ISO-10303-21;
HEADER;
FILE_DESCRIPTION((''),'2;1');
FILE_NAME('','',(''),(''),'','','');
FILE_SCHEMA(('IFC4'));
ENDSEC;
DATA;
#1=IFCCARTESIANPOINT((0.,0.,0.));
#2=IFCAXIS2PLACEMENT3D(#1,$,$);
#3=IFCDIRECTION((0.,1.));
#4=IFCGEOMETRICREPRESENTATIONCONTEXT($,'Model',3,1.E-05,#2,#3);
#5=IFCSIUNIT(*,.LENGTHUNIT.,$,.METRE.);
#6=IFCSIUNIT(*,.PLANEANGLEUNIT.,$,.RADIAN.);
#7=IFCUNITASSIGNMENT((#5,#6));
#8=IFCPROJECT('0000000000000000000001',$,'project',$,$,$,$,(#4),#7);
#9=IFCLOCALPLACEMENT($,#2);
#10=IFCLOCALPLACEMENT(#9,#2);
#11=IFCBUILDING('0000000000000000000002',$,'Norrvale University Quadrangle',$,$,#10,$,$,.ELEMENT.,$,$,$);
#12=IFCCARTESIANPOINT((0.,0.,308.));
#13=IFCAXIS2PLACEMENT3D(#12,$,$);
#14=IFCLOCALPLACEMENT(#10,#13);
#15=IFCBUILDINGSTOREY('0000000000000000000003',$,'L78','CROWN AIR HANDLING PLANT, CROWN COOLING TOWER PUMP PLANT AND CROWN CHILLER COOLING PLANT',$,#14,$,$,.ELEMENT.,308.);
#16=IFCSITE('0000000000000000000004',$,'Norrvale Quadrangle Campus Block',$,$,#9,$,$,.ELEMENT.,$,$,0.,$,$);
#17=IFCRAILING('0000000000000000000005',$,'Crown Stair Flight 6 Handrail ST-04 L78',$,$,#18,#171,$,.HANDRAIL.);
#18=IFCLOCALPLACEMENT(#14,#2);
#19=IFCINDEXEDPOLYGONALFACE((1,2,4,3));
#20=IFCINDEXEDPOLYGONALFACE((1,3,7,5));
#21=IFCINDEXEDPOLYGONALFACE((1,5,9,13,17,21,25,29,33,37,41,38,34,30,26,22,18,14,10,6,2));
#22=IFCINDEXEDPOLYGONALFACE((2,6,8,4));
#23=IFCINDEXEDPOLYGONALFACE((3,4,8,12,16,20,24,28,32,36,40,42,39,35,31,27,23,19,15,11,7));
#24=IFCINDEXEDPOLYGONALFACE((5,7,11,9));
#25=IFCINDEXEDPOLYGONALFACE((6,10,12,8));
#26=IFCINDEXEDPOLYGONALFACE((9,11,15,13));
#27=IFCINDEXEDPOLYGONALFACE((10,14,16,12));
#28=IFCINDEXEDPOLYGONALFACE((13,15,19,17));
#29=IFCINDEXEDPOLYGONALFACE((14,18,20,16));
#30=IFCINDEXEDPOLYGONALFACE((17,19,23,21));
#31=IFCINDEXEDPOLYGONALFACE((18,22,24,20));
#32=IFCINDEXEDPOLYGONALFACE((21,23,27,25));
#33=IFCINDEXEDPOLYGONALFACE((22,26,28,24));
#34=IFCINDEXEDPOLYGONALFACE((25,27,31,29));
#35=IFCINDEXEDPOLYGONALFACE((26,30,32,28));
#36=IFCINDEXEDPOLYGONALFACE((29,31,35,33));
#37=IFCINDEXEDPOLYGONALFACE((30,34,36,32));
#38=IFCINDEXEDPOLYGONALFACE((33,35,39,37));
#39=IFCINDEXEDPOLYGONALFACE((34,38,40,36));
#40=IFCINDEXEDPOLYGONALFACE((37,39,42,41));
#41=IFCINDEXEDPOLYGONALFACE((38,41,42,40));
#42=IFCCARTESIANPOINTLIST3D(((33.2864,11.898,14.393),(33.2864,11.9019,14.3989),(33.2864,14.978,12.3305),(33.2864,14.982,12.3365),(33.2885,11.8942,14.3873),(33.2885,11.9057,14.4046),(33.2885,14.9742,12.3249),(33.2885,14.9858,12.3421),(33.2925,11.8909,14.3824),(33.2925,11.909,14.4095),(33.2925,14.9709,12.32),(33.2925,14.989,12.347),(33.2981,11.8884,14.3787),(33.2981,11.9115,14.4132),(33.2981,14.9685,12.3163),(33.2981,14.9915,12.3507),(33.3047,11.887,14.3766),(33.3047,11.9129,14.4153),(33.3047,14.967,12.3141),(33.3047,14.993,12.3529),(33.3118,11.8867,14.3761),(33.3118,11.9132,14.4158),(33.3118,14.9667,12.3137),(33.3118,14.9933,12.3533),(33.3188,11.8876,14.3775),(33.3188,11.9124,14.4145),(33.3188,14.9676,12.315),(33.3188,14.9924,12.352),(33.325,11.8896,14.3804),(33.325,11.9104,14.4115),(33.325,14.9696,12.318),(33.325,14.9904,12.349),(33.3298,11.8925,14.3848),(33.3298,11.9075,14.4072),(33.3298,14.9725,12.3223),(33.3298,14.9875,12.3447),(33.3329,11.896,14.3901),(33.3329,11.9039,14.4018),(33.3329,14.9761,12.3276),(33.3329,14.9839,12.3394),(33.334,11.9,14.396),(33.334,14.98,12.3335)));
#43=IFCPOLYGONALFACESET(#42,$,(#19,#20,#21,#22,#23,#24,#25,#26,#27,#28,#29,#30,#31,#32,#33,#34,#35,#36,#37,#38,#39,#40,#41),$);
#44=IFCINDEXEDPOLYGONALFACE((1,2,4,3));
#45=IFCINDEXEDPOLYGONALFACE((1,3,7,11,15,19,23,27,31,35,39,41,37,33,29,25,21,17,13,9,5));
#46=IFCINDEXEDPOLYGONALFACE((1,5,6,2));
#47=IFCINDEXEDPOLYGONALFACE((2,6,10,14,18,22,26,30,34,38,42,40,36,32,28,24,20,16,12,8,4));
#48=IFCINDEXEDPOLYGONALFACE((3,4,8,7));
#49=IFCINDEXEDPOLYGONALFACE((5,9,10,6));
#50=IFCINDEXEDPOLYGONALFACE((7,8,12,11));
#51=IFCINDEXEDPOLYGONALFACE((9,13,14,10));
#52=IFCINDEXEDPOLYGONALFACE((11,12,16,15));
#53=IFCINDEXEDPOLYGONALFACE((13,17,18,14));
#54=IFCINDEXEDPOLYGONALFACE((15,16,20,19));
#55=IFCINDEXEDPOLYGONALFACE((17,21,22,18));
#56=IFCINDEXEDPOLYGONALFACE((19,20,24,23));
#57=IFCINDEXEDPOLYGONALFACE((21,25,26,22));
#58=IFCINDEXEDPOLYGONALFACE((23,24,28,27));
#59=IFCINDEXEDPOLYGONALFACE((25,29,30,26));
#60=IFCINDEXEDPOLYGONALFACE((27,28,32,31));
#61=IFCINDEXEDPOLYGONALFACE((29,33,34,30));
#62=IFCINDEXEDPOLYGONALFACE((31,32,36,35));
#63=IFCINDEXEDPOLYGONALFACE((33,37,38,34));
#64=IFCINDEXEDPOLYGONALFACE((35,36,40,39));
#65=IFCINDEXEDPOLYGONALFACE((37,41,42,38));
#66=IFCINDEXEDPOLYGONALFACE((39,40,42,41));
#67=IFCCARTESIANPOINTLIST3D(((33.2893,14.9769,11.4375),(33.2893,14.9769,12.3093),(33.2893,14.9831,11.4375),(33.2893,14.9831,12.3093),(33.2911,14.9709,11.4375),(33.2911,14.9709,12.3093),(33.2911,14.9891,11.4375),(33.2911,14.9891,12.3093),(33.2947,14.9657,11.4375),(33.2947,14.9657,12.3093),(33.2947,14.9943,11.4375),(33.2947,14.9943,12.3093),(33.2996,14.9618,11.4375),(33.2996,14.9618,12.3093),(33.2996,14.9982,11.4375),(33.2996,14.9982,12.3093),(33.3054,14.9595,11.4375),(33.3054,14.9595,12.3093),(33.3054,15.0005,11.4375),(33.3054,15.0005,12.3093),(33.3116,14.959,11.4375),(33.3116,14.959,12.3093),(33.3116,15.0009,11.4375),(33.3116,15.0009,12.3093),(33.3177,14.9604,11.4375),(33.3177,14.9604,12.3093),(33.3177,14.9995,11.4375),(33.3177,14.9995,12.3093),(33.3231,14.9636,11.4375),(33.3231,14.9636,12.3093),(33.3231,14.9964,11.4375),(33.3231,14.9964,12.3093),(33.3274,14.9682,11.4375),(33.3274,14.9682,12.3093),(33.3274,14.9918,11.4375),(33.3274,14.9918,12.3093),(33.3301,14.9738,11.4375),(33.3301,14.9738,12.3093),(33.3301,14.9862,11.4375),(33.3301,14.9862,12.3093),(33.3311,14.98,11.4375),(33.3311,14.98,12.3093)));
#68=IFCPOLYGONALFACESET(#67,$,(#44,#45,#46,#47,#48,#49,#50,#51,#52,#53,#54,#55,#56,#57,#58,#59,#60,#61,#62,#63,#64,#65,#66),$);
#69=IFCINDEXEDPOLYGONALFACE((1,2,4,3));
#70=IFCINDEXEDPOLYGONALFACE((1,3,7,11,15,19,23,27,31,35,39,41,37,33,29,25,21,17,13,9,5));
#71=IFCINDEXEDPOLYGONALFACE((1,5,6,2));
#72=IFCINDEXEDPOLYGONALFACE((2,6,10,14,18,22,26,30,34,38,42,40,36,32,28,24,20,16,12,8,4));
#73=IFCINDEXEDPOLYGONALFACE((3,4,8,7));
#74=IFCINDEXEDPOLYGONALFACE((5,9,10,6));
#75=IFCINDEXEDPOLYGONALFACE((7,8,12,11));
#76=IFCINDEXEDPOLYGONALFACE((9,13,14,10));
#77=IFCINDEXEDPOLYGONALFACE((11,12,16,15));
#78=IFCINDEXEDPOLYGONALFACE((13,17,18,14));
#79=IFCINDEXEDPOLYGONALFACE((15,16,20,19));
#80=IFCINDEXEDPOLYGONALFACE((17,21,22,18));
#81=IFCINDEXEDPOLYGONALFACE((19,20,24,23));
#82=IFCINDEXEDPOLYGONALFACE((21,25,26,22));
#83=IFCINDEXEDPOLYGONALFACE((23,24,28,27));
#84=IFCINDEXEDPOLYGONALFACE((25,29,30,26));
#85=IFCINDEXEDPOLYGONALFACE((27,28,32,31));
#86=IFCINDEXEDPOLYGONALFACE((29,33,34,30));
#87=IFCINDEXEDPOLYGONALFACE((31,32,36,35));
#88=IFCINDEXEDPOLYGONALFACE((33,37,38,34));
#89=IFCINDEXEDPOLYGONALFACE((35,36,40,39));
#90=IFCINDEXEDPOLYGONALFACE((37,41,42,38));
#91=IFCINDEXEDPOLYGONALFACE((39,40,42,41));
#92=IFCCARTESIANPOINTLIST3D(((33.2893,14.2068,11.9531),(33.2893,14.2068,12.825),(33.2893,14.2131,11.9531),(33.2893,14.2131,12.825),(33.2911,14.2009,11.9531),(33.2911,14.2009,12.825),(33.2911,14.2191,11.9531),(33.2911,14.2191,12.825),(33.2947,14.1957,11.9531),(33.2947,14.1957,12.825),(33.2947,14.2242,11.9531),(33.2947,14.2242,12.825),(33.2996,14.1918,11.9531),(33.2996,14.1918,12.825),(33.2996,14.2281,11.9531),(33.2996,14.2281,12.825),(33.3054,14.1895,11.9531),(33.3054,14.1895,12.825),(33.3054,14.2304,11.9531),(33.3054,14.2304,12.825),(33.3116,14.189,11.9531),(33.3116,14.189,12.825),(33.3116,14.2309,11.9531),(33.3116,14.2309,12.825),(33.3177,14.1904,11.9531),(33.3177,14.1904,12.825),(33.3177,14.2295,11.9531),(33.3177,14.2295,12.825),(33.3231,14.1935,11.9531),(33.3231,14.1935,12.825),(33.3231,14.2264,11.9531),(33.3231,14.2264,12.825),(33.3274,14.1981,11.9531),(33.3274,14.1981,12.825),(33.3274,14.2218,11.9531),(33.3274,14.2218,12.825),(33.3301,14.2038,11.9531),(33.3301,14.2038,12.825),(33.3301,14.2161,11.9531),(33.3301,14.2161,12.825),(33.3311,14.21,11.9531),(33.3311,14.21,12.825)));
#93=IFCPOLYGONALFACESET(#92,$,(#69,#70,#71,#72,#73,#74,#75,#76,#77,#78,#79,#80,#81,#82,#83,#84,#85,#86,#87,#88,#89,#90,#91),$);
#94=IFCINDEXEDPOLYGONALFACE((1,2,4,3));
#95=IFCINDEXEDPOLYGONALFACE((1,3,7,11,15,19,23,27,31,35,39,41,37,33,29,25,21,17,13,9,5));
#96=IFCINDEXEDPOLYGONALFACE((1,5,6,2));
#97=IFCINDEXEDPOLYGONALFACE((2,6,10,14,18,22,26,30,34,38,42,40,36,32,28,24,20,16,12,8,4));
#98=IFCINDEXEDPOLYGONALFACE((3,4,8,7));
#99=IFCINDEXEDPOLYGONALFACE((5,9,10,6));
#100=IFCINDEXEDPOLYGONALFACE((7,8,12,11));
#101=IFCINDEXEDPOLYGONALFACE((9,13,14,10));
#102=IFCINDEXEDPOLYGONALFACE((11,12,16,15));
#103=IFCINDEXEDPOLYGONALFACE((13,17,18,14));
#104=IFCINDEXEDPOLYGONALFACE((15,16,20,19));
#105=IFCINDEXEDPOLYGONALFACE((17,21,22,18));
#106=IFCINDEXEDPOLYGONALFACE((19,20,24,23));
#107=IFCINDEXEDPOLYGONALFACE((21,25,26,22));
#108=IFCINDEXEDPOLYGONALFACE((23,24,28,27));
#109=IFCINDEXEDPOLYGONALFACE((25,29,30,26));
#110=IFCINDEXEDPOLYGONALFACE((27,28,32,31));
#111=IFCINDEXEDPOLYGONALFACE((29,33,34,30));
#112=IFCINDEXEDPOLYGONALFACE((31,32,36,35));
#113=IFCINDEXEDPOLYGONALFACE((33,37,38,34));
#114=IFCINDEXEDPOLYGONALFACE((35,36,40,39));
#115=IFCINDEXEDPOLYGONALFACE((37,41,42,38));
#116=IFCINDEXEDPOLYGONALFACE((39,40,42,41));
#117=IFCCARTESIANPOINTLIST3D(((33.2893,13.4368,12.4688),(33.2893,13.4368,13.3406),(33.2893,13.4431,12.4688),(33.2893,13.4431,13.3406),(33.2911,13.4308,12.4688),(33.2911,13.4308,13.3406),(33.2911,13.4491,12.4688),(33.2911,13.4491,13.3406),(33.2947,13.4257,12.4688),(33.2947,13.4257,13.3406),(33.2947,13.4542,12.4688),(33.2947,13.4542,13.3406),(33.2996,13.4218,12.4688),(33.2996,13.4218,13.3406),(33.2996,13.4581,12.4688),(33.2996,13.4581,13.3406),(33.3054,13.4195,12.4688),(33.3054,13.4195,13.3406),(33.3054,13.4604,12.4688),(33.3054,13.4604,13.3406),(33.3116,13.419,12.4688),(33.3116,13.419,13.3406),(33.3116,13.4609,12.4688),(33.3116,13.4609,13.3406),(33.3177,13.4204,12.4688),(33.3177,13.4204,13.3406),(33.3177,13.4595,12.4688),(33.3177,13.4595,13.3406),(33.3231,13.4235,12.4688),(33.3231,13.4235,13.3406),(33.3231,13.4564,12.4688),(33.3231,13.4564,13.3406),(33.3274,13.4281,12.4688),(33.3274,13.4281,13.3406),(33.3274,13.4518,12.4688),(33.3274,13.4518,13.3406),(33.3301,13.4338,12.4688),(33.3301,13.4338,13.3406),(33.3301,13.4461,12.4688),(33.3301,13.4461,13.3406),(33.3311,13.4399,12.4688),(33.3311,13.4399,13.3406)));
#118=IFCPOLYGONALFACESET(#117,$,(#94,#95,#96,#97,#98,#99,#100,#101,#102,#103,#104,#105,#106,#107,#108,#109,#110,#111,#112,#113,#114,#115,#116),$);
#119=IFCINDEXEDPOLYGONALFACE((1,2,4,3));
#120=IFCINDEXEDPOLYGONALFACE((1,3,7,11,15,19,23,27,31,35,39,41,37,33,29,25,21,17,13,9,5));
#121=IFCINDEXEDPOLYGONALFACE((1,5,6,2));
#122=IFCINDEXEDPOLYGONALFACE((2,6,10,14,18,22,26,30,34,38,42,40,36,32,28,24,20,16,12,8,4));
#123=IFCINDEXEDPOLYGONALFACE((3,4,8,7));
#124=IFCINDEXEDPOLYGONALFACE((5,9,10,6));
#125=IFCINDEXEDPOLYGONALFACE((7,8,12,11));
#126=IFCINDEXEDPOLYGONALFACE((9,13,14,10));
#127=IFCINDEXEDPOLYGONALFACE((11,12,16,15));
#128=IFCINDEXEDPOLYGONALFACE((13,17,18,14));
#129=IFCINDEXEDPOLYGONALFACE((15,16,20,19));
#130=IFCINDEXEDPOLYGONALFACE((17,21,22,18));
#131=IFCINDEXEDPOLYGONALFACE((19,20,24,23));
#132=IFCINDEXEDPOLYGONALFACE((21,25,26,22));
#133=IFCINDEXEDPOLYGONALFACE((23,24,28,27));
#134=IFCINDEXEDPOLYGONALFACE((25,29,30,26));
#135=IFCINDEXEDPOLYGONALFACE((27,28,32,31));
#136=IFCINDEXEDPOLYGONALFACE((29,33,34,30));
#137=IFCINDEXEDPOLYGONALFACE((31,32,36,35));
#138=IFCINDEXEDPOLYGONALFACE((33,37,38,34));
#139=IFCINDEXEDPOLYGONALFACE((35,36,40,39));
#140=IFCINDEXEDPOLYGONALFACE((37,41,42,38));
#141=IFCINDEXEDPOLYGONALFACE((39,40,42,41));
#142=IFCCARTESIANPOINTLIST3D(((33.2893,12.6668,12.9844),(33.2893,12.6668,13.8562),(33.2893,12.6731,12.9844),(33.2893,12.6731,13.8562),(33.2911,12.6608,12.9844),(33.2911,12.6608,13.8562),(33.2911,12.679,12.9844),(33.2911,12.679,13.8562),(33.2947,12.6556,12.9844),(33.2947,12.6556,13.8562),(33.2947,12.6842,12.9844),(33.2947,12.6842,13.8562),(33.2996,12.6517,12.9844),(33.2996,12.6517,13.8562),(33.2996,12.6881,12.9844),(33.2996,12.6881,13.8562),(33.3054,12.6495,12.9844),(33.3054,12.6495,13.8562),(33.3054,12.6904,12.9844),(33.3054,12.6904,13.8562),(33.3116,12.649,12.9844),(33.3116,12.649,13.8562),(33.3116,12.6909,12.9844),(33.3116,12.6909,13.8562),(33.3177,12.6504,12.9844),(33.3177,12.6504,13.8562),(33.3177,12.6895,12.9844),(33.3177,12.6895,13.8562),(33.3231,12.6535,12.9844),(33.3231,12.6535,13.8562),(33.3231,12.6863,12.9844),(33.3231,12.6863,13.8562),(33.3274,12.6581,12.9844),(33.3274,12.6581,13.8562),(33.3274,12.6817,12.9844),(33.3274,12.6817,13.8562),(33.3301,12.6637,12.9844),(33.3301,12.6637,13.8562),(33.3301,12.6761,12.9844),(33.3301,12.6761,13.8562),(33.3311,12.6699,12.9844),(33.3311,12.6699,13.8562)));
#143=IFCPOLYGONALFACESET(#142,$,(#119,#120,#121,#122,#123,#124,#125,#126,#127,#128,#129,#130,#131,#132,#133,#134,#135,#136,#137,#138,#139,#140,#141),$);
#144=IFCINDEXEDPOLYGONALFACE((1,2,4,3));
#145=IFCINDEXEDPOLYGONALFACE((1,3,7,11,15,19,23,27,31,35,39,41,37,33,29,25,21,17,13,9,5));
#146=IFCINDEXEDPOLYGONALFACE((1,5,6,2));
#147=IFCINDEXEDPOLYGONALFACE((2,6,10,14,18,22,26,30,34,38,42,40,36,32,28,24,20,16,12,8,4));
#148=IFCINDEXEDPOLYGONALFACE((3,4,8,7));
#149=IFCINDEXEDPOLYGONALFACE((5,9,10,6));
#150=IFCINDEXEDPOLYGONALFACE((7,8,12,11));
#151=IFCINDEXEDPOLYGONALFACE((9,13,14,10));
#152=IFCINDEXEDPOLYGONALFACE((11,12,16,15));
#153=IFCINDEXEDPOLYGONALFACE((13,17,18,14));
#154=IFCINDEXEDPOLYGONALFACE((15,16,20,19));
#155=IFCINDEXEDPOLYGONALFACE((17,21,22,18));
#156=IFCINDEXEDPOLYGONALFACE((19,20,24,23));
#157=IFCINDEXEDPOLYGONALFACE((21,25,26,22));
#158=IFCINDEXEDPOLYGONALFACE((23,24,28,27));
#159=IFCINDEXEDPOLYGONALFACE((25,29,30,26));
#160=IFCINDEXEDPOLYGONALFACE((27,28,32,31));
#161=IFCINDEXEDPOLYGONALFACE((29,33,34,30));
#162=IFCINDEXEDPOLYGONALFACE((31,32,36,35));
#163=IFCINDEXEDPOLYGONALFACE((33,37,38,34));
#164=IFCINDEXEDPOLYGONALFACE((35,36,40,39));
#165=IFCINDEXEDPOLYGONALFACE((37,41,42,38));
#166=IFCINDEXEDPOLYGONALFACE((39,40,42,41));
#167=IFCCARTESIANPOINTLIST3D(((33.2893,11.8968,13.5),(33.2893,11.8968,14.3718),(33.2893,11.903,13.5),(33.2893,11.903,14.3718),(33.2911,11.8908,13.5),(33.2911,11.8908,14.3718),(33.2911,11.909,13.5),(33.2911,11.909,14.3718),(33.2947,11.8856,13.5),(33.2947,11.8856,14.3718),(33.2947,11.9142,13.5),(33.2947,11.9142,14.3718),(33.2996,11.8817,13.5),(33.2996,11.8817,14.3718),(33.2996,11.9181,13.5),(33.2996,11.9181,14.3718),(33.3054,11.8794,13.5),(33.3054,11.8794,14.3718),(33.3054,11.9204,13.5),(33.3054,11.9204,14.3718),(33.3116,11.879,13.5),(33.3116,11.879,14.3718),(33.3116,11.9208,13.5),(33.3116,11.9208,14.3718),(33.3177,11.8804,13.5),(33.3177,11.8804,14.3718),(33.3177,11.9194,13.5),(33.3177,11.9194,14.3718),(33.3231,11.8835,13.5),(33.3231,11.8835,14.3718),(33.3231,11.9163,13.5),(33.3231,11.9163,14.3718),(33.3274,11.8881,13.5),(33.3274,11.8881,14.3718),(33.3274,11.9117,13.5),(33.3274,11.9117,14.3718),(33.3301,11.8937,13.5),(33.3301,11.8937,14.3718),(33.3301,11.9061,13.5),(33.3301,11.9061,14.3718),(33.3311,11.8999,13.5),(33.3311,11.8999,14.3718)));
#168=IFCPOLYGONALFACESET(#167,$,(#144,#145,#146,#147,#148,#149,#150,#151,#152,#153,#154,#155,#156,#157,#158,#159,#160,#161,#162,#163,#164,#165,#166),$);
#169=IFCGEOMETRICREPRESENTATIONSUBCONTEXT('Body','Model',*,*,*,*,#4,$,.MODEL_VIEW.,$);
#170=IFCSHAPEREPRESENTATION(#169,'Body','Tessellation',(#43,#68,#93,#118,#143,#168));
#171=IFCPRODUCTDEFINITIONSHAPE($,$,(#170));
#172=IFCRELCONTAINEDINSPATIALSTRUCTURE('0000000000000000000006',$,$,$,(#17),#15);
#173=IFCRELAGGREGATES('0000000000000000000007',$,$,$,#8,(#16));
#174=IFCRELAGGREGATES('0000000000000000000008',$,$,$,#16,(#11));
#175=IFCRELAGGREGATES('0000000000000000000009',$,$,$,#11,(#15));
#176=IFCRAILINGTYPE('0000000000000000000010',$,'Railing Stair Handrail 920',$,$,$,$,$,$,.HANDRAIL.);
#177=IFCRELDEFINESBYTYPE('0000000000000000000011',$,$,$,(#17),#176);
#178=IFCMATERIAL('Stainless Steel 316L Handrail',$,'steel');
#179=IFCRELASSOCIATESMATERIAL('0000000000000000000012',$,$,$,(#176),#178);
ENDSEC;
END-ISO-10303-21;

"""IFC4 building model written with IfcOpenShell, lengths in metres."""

from ifc_helpers import new_model, si_unit, direction, frame, origin, origin_2d, place, context, subcontext, project, spatial, circle, extrude, material, type_object, element, save


model = new_model("IFC4")

# Units and contexts
model_context = context("Model", 3, precision=1e-05, world=origin(), true_north=direction((0.0, 1.0)))
body_context = subcontext(model_context, "Body", "Model", "MODEL_VIEW")
ifc_project = project(units=[si_unit("LENGTHUNIT", "METRE"), si_unit("PLANEANGLEUNIT", "RADIAN")], contexts=[model_context])

# Site, building, storey
site_placement = place(None, origin())
site = spatial("IfcSite", under=ifc_project, at=site_placement, Name="Norrvale Quadrangle Campus Block", CompositionType="ELEMENT", RefElevation=0.0)
building_placement = place(site_placement, origin())
building = spatial("IfcBuilding", under=site, at=building_placement, Name="Norrvale University Quadrangle", CompositionType="ELEMENT")
storey_placement = place(building_placement, frame((0.0, 0.0, 308.0)))
storey = spatial("IfcBuildingStorey", under=building, at=storey_placement, Name="L78", Description="CROWN AIR HANDLING PLANT, CROWN COOLING TOWER PUMP PLANT AND CROWN CHILLER COOLING PLANT", CompositionType="ELEMENT", Elevation=308.0)

# Railing
ifc_material_1 = material(Name="Stainless Steel 316L Handrail", Category="steel")
railing_type = type_object("IfcRailingType", Name="Railing Stair Handrail 920", PredefinedType="HANDRAIL", material=ifc_material_1)
for number, where, name in (
    (1, (33.3101, 14.98, 11.4375), "Crown Stair Flight 6 Handrail ST-04 L78"),
):
    element("IfcRailing", number, at=place(storey_placement, frame(where)), inside=storey, type_object=railing_type, Name=name, PredefinedType="HANDRAIL", context=body_context, shape_type="SweptSolid", body=[
        extrude(circle(Radius=0.0239, at=origin_2d()), frame((0.0, 0.0, 0.896), z_axis=(0.0, -0.830914, 0.556401), x_axis=(1.0, 0.0, 0.0)), (0.0, 0.0, 1.0), 3.7068),
        extrude(circle(Radius=0.021, at=origin_2d()), origin(), (0.0, 0.0, 1.0), 0.8718),
        extrude(circle(Radius=0.021, at=origin_2d()), frame((0.0, -0.77, 0.5156)), (0.0, 0.0, 1.0), 0.8718),
        extrude(circle(Radius=0.021, at=origin_2d()), frame((0.0, -1.54, 1.0312)), (0.0, 0.0, 1.0), 0.8718),
        extrude(circle(Radius=0.021, at=origin_2d()), frame((0.0, -2.3101, 1.5469)), (0.0, 0.0, 1.0), 0.8718),
        extrude(circle(Radius=0.021, at=origin_2d()), frame((0.0, -3.0801, 2.0625)), (0.0, 0.0, 1.0), 0.8718),
    ])

save(model, "model.ifc")
